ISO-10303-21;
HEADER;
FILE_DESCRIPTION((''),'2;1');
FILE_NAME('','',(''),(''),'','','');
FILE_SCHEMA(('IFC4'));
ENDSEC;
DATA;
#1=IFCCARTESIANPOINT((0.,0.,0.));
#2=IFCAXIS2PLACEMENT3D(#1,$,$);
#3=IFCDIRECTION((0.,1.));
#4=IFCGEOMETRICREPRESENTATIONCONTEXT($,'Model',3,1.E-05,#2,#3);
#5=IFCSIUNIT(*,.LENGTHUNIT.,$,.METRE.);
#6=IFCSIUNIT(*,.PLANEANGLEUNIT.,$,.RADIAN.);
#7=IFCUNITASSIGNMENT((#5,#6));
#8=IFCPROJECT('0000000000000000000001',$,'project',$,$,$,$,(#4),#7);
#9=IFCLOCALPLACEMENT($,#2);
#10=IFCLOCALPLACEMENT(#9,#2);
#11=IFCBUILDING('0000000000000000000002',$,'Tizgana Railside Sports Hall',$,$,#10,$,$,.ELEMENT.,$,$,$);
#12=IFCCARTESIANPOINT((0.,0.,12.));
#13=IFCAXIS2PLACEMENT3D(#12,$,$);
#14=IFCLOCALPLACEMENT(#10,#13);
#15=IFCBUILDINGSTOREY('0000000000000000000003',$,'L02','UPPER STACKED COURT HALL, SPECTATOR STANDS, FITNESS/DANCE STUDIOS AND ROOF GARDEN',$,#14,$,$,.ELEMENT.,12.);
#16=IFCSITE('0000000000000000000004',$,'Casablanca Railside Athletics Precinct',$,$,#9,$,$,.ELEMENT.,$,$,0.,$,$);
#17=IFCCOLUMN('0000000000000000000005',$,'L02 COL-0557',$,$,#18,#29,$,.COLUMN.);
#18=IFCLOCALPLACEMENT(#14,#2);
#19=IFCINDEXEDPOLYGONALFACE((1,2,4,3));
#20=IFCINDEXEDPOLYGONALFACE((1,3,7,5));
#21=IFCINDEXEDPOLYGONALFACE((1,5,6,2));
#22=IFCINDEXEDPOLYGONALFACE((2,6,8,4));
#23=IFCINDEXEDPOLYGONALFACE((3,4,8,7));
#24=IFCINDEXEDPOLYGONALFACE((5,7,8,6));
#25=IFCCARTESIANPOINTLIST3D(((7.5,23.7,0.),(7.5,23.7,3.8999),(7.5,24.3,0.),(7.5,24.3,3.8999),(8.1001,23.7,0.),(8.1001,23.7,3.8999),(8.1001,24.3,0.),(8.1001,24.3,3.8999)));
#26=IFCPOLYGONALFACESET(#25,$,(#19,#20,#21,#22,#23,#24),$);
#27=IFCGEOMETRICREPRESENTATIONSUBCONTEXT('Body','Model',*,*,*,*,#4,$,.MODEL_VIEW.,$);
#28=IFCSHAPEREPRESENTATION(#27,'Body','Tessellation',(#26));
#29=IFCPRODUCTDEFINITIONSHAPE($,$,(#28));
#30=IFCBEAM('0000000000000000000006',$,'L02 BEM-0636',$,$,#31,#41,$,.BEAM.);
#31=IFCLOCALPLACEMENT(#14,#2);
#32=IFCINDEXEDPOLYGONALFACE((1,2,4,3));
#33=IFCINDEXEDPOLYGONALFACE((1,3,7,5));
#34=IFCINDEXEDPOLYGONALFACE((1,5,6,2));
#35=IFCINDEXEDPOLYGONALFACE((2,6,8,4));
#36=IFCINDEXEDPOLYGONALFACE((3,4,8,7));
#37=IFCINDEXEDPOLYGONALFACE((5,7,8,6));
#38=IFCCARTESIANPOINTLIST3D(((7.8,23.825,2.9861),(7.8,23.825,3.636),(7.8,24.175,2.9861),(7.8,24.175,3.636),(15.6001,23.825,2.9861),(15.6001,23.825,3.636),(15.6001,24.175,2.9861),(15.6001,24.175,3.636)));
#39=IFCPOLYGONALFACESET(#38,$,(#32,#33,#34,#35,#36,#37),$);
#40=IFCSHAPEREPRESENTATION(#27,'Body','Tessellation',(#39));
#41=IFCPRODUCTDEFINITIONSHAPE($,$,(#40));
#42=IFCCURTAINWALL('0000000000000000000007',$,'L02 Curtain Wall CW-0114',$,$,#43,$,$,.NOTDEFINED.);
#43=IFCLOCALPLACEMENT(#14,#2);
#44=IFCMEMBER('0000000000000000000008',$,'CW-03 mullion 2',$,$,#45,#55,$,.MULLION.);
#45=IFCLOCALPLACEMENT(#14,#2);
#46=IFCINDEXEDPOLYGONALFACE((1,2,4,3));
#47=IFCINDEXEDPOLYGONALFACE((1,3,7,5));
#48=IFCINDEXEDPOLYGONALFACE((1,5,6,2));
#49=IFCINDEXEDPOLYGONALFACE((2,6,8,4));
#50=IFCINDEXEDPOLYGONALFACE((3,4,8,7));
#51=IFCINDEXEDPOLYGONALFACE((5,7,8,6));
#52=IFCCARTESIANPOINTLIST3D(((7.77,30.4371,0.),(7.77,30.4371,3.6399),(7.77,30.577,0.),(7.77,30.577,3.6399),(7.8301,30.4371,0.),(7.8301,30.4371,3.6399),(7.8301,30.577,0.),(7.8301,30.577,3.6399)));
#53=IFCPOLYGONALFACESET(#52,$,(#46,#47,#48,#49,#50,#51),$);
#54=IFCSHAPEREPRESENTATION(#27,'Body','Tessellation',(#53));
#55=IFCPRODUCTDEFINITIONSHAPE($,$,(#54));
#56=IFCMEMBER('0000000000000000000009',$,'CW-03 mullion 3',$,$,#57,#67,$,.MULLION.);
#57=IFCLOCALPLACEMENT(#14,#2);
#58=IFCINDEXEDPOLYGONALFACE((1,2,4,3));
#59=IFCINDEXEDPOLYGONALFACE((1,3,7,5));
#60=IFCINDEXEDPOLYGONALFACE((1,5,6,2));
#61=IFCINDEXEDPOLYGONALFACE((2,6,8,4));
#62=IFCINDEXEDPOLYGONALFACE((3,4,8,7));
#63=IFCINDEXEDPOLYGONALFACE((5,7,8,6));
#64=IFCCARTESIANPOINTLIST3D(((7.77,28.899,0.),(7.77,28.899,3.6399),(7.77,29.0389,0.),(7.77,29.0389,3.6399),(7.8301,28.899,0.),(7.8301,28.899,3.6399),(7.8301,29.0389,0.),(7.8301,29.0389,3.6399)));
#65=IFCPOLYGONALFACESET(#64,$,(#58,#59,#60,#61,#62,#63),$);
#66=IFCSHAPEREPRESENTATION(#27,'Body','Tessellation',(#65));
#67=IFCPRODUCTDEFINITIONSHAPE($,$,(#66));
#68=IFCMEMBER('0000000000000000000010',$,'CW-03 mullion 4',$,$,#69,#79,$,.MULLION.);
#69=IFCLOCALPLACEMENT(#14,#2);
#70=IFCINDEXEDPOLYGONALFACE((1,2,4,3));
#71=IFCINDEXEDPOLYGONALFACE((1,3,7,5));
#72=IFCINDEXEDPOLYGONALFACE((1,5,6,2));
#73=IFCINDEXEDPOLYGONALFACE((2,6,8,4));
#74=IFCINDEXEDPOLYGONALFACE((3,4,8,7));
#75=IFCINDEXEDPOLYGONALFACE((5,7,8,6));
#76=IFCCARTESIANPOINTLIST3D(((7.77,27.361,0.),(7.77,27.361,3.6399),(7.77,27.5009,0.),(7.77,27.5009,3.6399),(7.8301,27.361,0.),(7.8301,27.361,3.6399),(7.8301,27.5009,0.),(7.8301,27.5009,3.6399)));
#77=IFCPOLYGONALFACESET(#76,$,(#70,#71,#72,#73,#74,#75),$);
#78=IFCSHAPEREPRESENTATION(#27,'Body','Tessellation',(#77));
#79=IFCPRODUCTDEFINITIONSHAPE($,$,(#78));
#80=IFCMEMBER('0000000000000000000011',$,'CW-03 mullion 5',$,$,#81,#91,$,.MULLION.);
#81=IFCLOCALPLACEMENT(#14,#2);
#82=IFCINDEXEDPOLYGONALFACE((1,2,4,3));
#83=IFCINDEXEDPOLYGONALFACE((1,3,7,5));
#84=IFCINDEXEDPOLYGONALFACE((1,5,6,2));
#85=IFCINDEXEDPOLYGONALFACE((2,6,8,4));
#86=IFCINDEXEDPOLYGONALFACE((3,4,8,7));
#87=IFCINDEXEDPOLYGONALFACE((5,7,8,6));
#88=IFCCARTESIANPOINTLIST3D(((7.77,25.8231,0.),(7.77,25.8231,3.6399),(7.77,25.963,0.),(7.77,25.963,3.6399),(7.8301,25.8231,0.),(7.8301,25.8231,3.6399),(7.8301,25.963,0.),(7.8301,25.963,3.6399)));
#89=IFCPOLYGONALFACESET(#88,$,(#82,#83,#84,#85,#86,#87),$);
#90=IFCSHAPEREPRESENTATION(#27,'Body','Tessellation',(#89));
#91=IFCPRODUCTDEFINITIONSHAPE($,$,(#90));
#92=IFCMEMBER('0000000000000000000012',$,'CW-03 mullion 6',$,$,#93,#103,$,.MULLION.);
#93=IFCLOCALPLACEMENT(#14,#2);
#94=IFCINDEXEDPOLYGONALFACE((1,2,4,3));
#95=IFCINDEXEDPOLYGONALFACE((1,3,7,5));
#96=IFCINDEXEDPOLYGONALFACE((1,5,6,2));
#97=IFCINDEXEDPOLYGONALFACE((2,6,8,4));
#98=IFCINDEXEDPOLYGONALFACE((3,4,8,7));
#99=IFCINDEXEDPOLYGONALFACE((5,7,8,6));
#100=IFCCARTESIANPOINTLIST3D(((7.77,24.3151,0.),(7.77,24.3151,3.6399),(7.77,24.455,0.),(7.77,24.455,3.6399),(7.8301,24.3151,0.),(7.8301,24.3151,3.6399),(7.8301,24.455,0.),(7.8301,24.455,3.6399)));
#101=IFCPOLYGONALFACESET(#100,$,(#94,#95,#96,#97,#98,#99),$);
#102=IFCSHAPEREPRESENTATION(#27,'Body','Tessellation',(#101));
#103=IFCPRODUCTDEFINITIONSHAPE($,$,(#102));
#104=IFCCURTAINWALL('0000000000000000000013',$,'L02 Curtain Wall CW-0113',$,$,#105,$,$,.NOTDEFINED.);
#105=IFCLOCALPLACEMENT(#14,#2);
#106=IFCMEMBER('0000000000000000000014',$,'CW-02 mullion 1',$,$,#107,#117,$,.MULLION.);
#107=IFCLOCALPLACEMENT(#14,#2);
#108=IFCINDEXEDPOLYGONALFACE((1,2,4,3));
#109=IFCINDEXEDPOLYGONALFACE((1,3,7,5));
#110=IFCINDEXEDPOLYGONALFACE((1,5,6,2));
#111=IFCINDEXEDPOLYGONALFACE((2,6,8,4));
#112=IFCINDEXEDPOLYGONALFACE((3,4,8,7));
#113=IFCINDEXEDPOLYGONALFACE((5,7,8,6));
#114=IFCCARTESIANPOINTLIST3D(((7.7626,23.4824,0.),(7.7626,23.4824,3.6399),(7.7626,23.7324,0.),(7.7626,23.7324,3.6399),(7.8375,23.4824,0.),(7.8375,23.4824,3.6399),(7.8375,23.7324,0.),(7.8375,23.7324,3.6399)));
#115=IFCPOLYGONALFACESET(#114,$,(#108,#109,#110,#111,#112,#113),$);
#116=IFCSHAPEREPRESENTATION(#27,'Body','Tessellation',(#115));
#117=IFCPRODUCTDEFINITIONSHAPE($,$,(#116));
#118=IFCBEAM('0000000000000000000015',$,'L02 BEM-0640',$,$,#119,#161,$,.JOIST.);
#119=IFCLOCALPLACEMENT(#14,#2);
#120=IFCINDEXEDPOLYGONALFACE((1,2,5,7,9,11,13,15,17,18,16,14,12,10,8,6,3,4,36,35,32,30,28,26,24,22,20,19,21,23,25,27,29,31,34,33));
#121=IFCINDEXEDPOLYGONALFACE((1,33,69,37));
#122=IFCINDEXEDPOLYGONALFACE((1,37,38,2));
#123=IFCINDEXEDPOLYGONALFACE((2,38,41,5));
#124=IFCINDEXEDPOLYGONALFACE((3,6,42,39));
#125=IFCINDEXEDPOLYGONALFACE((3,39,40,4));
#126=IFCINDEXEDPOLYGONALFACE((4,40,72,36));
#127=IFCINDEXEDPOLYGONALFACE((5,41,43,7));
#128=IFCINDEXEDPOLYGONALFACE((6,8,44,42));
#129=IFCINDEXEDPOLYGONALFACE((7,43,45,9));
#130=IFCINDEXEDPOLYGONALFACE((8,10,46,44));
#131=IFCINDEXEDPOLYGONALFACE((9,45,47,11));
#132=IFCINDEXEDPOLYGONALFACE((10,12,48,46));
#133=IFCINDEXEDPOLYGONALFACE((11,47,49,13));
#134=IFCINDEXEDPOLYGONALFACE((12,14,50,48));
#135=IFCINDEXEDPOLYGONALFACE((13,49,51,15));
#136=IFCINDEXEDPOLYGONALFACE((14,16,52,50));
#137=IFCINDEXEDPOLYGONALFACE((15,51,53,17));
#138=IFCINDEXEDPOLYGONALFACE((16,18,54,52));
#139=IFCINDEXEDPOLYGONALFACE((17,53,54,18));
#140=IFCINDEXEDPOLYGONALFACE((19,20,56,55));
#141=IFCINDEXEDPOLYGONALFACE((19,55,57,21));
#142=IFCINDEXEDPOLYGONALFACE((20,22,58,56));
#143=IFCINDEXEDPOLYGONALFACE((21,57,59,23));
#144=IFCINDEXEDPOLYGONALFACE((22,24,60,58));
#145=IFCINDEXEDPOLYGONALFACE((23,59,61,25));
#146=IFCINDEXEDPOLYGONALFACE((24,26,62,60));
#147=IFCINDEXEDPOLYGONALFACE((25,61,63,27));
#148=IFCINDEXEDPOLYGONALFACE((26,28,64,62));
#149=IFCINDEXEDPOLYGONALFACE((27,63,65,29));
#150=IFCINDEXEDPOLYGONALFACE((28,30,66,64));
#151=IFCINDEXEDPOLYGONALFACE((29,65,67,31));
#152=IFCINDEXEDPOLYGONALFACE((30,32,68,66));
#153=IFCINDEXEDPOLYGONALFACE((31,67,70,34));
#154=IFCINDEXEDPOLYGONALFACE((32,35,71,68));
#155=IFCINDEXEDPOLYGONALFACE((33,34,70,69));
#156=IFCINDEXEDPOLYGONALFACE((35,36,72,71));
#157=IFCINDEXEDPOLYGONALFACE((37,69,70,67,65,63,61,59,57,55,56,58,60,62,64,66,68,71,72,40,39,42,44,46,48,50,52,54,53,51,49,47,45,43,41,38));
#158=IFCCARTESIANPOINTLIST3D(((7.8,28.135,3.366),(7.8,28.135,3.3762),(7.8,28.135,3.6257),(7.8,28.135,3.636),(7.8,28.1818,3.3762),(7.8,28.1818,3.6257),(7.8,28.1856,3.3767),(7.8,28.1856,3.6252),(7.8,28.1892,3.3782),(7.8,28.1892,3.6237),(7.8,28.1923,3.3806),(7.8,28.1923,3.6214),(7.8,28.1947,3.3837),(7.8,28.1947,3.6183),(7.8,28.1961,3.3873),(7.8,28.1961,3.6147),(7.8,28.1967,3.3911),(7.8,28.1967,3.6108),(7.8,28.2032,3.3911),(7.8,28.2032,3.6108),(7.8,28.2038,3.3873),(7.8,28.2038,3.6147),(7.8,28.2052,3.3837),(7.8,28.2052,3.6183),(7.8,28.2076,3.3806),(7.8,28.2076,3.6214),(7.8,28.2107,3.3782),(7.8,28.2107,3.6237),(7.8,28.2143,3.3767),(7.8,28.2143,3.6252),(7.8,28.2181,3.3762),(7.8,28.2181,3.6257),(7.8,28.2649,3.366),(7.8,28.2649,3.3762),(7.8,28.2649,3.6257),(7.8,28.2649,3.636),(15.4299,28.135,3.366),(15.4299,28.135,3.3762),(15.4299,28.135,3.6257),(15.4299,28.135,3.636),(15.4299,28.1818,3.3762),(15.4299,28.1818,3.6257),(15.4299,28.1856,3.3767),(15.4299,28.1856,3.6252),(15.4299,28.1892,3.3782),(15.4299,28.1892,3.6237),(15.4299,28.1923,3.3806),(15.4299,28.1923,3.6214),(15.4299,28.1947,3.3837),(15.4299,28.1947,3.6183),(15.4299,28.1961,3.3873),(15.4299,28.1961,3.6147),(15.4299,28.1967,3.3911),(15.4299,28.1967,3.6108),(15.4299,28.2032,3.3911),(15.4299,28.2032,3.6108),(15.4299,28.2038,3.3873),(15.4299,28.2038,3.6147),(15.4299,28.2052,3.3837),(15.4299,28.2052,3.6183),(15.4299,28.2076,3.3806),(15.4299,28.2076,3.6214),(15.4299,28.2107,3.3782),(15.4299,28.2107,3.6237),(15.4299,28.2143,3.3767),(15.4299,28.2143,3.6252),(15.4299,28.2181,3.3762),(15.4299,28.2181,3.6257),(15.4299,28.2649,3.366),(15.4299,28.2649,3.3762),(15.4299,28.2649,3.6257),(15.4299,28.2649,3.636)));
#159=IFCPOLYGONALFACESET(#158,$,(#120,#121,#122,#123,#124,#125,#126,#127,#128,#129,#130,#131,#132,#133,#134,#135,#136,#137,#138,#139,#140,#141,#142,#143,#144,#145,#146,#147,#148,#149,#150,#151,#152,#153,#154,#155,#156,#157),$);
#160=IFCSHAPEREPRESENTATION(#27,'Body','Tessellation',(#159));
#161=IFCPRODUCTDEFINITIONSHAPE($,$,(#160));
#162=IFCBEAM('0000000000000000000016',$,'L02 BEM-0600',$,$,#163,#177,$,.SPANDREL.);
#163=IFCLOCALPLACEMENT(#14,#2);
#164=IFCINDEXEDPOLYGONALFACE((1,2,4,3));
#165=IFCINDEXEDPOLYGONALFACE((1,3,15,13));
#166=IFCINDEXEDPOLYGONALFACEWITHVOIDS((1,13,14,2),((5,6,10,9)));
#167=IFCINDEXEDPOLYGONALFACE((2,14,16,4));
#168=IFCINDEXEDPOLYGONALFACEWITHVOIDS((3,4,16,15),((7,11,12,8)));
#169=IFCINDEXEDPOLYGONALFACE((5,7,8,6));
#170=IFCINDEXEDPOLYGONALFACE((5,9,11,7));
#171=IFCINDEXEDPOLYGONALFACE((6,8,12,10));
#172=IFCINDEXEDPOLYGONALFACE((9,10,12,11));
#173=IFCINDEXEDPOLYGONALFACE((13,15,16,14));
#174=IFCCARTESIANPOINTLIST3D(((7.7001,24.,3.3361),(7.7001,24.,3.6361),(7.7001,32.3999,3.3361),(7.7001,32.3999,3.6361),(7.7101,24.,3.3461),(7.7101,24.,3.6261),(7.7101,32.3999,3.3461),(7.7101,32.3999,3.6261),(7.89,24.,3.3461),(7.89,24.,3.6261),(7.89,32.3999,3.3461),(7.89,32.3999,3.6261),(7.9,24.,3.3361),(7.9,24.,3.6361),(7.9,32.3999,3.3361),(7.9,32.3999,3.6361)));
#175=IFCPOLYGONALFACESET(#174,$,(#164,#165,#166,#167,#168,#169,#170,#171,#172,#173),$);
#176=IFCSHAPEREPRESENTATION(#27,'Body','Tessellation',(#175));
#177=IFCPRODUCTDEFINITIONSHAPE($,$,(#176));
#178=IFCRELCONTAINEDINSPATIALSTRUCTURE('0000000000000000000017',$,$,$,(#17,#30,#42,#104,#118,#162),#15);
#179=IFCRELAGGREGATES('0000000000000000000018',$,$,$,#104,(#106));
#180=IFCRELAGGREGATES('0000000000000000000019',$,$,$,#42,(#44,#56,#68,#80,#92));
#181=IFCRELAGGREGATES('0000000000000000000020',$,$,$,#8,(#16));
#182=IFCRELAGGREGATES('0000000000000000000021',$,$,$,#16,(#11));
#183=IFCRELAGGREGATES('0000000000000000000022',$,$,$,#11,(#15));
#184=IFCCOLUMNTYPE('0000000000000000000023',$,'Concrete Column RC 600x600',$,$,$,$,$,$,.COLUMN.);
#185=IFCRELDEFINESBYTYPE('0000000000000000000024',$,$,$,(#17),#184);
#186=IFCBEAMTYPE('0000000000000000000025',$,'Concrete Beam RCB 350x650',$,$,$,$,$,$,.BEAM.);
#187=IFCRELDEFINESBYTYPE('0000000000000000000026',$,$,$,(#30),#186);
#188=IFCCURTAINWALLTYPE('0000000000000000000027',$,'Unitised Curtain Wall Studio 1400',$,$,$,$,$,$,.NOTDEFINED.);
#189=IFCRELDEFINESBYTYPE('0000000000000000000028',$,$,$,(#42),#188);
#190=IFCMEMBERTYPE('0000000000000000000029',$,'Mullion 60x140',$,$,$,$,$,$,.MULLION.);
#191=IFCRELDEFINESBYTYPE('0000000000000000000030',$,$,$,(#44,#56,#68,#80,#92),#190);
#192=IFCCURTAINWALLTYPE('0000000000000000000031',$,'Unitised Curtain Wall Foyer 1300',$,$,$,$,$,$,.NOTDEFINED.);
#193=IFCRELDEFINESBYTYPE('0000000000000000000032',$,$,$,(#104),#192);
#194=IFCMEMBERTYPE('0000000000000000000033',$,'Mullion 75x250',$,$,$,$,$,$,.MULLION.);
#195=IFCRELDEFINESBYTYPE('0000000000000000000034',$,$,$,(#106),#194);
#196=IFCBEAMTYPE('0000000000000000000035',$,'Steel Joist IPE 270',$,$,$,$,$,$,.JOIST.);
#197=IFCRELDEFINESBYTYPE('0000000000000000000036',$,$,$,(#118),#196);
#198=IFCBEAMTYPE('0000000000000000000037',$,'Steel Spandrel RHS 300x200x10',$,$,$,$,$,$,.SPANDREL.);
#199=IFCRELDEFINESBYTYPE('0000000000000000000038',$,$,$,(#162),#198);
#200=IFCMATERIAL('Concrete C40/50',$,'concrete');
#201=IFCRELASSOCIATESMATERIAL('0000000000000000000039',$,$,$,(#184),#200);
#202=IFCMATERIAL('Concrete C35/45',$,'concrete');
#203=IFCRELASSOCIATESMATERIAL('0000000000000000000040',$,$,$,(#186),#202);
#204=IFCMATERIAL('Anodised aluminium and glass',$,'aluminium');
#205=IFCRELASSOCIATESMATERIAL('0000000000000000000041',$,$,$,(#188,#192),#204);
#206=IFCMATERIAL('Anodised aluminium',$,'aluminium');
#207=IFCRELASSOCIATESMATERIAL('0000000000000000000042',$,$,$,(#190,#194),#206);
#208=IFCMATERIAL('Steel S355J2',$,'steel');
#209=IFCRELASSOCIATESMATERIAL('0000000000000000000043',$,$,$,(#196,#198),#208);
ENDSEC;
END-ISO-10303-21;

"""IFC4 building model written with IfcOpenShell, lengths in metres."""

from ifc_helpers import new_model, si_unit, direction, frame, origin, origin_2d, place, context, subcontext, project, spatial, rectangle, hollow_rectangle, i_section, extrude, material, material_profile, profile_set, type_object, element, aggregate, save


model = new_model("IFC4")

# Units and contexts
model_context = context("Model", 3, precision=1e-05, world=origin(), true_north=direction((0.0, 1.0)))
body_context = subcontext(model_context, "Body", "Model", "MODEL_VIEW")
ifc_project = project(units=[si_unit("LENGTHUNIT", "METRE"), si_unit("PLANEANGLEUNIT", "RADIAN")], contexts=[model_context])

# Site, building, storey
site_placement = place(None, origin())
site = spatial("IfcSite", under=ifc_project, at=site_placement, Name="Casablanca Railside Athletics Precinct", CompositionType="ELEMENT", RefElevation=0.0)
building_placement = place(site_placement, origin())
building = spatial("IfcBuilding", under=site, at=building_placement, Name="Tizgana Railside Sports Hall", CompositionType="ELEMENT")
storey_placement = place(building_placement, frame((0.0, 0.0, 12.0)))
storey = spatial("IfcBuildingStorey", under=building, at=storey_placement, Name="L02", Description="UPPER STACKED COURT HALL, SPECTATOR STANDS, FITNESS/DANCE STUDIOS AND ROOF GARDEN", CompositionType="ELEMENT", Elevation=12.0)

# Column
ifc_material_1 = material(Name="Concrete C40/50", Category="concrete")
ifc_material_profile_1 = material_profile(ifc_material_1, rectangle(XDim=0.6001, YDim=0.6001, at=origin_2d()), Name="RC 600x600")
ifc_profile_set_1 = profile_set([ifc_material_profile_1], Name="Concrete C40/50")
column_type = type_object("IfcColumnType", Name="Concrete Column RC 600x600", PredefinedType="COLUMN", material=ifc_profile_set_1)
column_placement = place(storey_placement, frame((7.8, 24.0, 0.0), z_axis=(0.0, 0.0, 1.0), x_axis=(1.0, 0.0, 0.0)))
element("IfcColumn", 1, at=column_placement, inside=storey, type_object=column_type, Name="L02 COL-0557", PredefinedType="COLUMN", context=body_context, shape_type="SweptSolid", body=[
    extrude(rectangle(XDim=0.6001, YDim=0.6001, at=origin_2d()), origin(), (0.0, 0.0, 1.0), 3.8999),
])

# Beam
ifc_material_2 = material(Name="Concrete C35/45", Category="concrete")
ifc_material_profile_2 = material_profile(ifc_material_2, rectangle(XDim=0.3501, YDim=0.6499, at=origin_2d()), Name="RCB 350x650")
ifc_profile_set_2 = profile_set([ifc_material_profile_2], Name="Concrete C35/45")
beam_type_1 = type_object("IfcBeamType", Name="Concrete Beam RCB 350x650", PredefinedType="BEAM", material=ifc_profile_set_2)
beam_1_placement = place(storey_placement, frame((7.8, 24.0, 3.311), z_axis=(1.0, 0.0, 0.0), x_axis=(0.0, 1.0, 0.0)))
element("IfcBeam", 2, at=beam_1_placement, inside=storey, type_object=beam_type_1, Name="L02 BEM-0636", PredefinedType="BEAM", context=body_context, shape_type="SweptSolid", body=[
    extrude(rectangle(XDim=0.3501, YDim=0.6499, at=origin_2d()), origin(), (0.0, 0.0, 1.0), 7.8),
])

# Curtain wall, members
ifc_material_3 = material(Name="Anodised aluminium and glass", Category="aluminium")
curtain_wall_type_1 = type_object("IfcCurtainWallType", Name="Unitised Curtain Wall Studio 1400", PredefinedType="NOTDEFINED", material=ifc_material_3)
curtain_wall_1_placement = place(storey_placement, origin())
curtain_wall_1 = element("IfcCurtainWall", 3, at=curtain_wall_1_placement, inside=storey, type_object=curtain_wall_type_1, Name="L02 Curtain Wall CW-0114", PredefinedType="NOTDEFINED")
ifc_material_4 = material(Name="Anodised aluminium", Category="aluminium")
ifc_material_profile_3 = material_profile(ifc_material_4, rectangle(XDim=0.0601, YDim=0.1399, at=origin_2d()), Name="Mullion 60x140")
ifc_profile_set_3 = profile_set([ifc_material_profile_3], Name="Anodised aluminium")
member_type_1 = type_object("IfcMemberType", Name="Mullion 60x140", PredefinedType="MULLION", material=ifc_profile_set_3)
member_1_placement = place(storey_placement, frame((7.8, 30.5071, 0.0), z_axis=(0.0, 0.0, 1.0), x_axis=(1.0, 0.0, 0.0)))
member_1 = element("IfcMember", 4, at=member_1_placement, type_object=member_type_1, Name="CW-03 mullion 2", PredefinedType="MULLION", context=body_context, shape_type="SweptSolid", body=[
    extrude(rectangle(XDim=0.0601, YDim=0.1399, at=origin_2d()), origin(), (0.0, 0.0, 1.0), 3.6399),
])
member_2_placement = place(storey_placement, frame((7.8, 28.969, 0.0), z_axis=(0.0, 0.0, 1.0), x_axis=(1.0, 0.0, 0.0)))
member_2 = element("IfcMember", 5, at=member_2_placement, type_object=member_type_1, Name="CW-03 mullion 3", PredefinedType="MULLION", context=body_context, shape_type="SweptSolid", body=[
    extrude(rectangle(XDim=0.0601, YDim=0.1399, at=origin_2d()), origin(), (0.0, 0.0, 1.0), 3.6399),
])
member_3_placement = place(storey_placement, frame((7.8, 27.4309, 0.0), z_axis=(0.0, 0.0, 1.0), x_axis=(1.0, 0.0, 0.0)))
member_3 = element("IfcMember", 6, at=member_3_placement, type_object=member_type_1, Name="CW-03 mullion 4", PredefinedType="MULLION", context=body_context, shape_type="SweptSolid", body=[
    extrude(rectangle(XDim=0.0601, YDim=0.1399, at=origin_2d()), origin(), (0.0, 0.0, 1.0), 3.6399),
])
member_4_placement = place(storey_placement, frame((7.8, 25.8931, 0.0), z_axis=(0.0, 0.0, 1.0), x_axis=(1.0, 0.0, 0.0)))
member_4 = element("IfcMember", 7, at=member_4_placement, type_object=member_type_1, Name="CW-03 mullion 5", PredefinedType="MULLION", context=body_context, shape_type="SweptSolid", body=[
    extrude(rectangle(XDim=0.0601, YDim=0.1399, at=origin_2d()), origin(), (0.0, 0.0, 1.0), 3.6399),
])
member_5_placement = place(storey_placement, frame((7.8, 24.385, 0.0), z_axis=(0.0, 0.0, 1.0), x_axis=(1.0, 0.0, 0.0)))
member_5 = element("IfcMember", 8, at=member_5_placement, type_object=member_type_1, Name="CW-03 mullion 6", PredefinedType="MULLION", context=body_context, shape_type="SweptSolid", body=[
    extrude(rectangle(XDim=0.0601, YDim=0.1399, at=origin_2d()), origin(), (0.0, 0.0, 1.0), 3.6399),
])

# Curtain wall, member
curtain_wall_type_2 = type_object("IfcCurtainWallType", Name="Unitised Curtain Wall Foyer 1300", PredefinedType="NOTDEFINED", material=ifc_material_3)
curtain_wall_2_placement = place(storey_placement, origin())
curtain_wall_2 = element("IfcCurtainWall", 9, at=curtain_wall_2_placement, inside=storey, type_object=curtain_wall_type_2, Name="L02 Curtain Wall CW-0113", PredefinedType="NOTDEFINED")
ifc_material_profile_4 = material_profile(ifc_material_4, rectangle(XDim=0.075, YDim=0.25, at=origin_2d()), Name="Mullion 75x250")
ifc_profile_set_4 = profile_set([ifc_material_profile_4], Name="Anodised aluminium")
member_type_2 = type_object("IfcMemberType", Name="Mullion 75x250", PredefinedType="MULLION", material=ifc_profile_set_4)
member_6_placement = place(storey_placement, frame((7.8, 23.6074, 0.0), z_axis=(0.0, 0.0, 1.0), x_axis=(1.0, 0.0, 0.0)))
member_6 = element("IfcMember", 10, at=member_6_placement, type_object=member_type_2, Name="CW-02 mullion 1", PredefinedType="MULLION", context=body_context, shape_type="SweptSolid", body=[
    extrude(rectangle(XDim=0.075, YDim=0.25, at=origin_2d()), origin(), (0.0, 0.0, 1.0), 3.6399),
])

# Beams
ifc_material_5 = material(Name="Steel S355J2", Category="steel")
ifc_material_profile_5 = material_profile(ifc_material_5, i_section(OverallWidth=0.1299, OverallDepth=0.27, WebThickness=0.0066, FlangeThickness=0.0103, FilletRadius=0.0149, at=origin_2d()), Name="IPE 270")
ifc_profile_set_5 = profile_set([ifc_material_profile_5], Name="Steel S355J2")
beam_type_2 = type_object("IfcBeamType", Name="Steel Joist IPE 270", PredefinedType="JOIST", material=ifc_profile_set_5)
beam_2_placement = place(storey_placement, frame((7.8, 28.2, 3.501), z_axis=(1.0, 0.0, 0.0), x_axis=(0.0, 1.0, 0.0)))
element("IfcBeam", 11, at=beam_2_placement, inside=storey, type_object=beam_type_2, Name="L02 BEM-0640", PredefinedType="JOIST", context=body_context, shape_type="SweptSolid", body=[
    extrude(i_section(OverallWidth=0.1299, OverallDepth=0.27, WebThickness=0.0066, FlangeThickness=0.0103, FilletRadius=0.0149, at=origin_2d()), origin(), (0.0, 0.0, 1.0), 7.6299),
])
ifc_material_profile_6 = material_profile(ifc_material_5, hollow_rectangle(XDim=0.2, YDim=0.3, WallThickness=0.01, at=origin_2d()), Name="RHS 300x200x10")
ifc_profile_set_6 = profile_set([ifc_material_profile_6], Name="Steel S355J2")
beam_type_3 = type_object("IfcBeamType", Name="Steel Spandrel RHS 300x200x10", PredefinedType="SPANDREL", material=ifc_profile_set_6)
beam_3_placement = place(storey_placement, frame((7.8, 24.0, 3.4861), z_axis=(0.0, 1.0, 0.0), x_axis=(-1.0, 0.0, 0.0)))
element("IfcBeam", 12, at=beam_3_placement, inside=storey, type_object=beam_type_3, Name="L02 BEM-0600", PredefinedType="SPANDREL", context=body_context, shape_type="SweptSolid", body=[
    extrude(hollow_rectangle(XDim=0.2, YDim=0.3, WallThickness=0.01, at=origin_2d()), origin(), (0.0, 0.0, 1.0), 8.3999),
])

aggregate(curtain_wall_2, [member_6])

aggregate(curtain_wall_1, [member_1, member_2, member_3, member_4, member_5])

save(model, "model.ifc")
